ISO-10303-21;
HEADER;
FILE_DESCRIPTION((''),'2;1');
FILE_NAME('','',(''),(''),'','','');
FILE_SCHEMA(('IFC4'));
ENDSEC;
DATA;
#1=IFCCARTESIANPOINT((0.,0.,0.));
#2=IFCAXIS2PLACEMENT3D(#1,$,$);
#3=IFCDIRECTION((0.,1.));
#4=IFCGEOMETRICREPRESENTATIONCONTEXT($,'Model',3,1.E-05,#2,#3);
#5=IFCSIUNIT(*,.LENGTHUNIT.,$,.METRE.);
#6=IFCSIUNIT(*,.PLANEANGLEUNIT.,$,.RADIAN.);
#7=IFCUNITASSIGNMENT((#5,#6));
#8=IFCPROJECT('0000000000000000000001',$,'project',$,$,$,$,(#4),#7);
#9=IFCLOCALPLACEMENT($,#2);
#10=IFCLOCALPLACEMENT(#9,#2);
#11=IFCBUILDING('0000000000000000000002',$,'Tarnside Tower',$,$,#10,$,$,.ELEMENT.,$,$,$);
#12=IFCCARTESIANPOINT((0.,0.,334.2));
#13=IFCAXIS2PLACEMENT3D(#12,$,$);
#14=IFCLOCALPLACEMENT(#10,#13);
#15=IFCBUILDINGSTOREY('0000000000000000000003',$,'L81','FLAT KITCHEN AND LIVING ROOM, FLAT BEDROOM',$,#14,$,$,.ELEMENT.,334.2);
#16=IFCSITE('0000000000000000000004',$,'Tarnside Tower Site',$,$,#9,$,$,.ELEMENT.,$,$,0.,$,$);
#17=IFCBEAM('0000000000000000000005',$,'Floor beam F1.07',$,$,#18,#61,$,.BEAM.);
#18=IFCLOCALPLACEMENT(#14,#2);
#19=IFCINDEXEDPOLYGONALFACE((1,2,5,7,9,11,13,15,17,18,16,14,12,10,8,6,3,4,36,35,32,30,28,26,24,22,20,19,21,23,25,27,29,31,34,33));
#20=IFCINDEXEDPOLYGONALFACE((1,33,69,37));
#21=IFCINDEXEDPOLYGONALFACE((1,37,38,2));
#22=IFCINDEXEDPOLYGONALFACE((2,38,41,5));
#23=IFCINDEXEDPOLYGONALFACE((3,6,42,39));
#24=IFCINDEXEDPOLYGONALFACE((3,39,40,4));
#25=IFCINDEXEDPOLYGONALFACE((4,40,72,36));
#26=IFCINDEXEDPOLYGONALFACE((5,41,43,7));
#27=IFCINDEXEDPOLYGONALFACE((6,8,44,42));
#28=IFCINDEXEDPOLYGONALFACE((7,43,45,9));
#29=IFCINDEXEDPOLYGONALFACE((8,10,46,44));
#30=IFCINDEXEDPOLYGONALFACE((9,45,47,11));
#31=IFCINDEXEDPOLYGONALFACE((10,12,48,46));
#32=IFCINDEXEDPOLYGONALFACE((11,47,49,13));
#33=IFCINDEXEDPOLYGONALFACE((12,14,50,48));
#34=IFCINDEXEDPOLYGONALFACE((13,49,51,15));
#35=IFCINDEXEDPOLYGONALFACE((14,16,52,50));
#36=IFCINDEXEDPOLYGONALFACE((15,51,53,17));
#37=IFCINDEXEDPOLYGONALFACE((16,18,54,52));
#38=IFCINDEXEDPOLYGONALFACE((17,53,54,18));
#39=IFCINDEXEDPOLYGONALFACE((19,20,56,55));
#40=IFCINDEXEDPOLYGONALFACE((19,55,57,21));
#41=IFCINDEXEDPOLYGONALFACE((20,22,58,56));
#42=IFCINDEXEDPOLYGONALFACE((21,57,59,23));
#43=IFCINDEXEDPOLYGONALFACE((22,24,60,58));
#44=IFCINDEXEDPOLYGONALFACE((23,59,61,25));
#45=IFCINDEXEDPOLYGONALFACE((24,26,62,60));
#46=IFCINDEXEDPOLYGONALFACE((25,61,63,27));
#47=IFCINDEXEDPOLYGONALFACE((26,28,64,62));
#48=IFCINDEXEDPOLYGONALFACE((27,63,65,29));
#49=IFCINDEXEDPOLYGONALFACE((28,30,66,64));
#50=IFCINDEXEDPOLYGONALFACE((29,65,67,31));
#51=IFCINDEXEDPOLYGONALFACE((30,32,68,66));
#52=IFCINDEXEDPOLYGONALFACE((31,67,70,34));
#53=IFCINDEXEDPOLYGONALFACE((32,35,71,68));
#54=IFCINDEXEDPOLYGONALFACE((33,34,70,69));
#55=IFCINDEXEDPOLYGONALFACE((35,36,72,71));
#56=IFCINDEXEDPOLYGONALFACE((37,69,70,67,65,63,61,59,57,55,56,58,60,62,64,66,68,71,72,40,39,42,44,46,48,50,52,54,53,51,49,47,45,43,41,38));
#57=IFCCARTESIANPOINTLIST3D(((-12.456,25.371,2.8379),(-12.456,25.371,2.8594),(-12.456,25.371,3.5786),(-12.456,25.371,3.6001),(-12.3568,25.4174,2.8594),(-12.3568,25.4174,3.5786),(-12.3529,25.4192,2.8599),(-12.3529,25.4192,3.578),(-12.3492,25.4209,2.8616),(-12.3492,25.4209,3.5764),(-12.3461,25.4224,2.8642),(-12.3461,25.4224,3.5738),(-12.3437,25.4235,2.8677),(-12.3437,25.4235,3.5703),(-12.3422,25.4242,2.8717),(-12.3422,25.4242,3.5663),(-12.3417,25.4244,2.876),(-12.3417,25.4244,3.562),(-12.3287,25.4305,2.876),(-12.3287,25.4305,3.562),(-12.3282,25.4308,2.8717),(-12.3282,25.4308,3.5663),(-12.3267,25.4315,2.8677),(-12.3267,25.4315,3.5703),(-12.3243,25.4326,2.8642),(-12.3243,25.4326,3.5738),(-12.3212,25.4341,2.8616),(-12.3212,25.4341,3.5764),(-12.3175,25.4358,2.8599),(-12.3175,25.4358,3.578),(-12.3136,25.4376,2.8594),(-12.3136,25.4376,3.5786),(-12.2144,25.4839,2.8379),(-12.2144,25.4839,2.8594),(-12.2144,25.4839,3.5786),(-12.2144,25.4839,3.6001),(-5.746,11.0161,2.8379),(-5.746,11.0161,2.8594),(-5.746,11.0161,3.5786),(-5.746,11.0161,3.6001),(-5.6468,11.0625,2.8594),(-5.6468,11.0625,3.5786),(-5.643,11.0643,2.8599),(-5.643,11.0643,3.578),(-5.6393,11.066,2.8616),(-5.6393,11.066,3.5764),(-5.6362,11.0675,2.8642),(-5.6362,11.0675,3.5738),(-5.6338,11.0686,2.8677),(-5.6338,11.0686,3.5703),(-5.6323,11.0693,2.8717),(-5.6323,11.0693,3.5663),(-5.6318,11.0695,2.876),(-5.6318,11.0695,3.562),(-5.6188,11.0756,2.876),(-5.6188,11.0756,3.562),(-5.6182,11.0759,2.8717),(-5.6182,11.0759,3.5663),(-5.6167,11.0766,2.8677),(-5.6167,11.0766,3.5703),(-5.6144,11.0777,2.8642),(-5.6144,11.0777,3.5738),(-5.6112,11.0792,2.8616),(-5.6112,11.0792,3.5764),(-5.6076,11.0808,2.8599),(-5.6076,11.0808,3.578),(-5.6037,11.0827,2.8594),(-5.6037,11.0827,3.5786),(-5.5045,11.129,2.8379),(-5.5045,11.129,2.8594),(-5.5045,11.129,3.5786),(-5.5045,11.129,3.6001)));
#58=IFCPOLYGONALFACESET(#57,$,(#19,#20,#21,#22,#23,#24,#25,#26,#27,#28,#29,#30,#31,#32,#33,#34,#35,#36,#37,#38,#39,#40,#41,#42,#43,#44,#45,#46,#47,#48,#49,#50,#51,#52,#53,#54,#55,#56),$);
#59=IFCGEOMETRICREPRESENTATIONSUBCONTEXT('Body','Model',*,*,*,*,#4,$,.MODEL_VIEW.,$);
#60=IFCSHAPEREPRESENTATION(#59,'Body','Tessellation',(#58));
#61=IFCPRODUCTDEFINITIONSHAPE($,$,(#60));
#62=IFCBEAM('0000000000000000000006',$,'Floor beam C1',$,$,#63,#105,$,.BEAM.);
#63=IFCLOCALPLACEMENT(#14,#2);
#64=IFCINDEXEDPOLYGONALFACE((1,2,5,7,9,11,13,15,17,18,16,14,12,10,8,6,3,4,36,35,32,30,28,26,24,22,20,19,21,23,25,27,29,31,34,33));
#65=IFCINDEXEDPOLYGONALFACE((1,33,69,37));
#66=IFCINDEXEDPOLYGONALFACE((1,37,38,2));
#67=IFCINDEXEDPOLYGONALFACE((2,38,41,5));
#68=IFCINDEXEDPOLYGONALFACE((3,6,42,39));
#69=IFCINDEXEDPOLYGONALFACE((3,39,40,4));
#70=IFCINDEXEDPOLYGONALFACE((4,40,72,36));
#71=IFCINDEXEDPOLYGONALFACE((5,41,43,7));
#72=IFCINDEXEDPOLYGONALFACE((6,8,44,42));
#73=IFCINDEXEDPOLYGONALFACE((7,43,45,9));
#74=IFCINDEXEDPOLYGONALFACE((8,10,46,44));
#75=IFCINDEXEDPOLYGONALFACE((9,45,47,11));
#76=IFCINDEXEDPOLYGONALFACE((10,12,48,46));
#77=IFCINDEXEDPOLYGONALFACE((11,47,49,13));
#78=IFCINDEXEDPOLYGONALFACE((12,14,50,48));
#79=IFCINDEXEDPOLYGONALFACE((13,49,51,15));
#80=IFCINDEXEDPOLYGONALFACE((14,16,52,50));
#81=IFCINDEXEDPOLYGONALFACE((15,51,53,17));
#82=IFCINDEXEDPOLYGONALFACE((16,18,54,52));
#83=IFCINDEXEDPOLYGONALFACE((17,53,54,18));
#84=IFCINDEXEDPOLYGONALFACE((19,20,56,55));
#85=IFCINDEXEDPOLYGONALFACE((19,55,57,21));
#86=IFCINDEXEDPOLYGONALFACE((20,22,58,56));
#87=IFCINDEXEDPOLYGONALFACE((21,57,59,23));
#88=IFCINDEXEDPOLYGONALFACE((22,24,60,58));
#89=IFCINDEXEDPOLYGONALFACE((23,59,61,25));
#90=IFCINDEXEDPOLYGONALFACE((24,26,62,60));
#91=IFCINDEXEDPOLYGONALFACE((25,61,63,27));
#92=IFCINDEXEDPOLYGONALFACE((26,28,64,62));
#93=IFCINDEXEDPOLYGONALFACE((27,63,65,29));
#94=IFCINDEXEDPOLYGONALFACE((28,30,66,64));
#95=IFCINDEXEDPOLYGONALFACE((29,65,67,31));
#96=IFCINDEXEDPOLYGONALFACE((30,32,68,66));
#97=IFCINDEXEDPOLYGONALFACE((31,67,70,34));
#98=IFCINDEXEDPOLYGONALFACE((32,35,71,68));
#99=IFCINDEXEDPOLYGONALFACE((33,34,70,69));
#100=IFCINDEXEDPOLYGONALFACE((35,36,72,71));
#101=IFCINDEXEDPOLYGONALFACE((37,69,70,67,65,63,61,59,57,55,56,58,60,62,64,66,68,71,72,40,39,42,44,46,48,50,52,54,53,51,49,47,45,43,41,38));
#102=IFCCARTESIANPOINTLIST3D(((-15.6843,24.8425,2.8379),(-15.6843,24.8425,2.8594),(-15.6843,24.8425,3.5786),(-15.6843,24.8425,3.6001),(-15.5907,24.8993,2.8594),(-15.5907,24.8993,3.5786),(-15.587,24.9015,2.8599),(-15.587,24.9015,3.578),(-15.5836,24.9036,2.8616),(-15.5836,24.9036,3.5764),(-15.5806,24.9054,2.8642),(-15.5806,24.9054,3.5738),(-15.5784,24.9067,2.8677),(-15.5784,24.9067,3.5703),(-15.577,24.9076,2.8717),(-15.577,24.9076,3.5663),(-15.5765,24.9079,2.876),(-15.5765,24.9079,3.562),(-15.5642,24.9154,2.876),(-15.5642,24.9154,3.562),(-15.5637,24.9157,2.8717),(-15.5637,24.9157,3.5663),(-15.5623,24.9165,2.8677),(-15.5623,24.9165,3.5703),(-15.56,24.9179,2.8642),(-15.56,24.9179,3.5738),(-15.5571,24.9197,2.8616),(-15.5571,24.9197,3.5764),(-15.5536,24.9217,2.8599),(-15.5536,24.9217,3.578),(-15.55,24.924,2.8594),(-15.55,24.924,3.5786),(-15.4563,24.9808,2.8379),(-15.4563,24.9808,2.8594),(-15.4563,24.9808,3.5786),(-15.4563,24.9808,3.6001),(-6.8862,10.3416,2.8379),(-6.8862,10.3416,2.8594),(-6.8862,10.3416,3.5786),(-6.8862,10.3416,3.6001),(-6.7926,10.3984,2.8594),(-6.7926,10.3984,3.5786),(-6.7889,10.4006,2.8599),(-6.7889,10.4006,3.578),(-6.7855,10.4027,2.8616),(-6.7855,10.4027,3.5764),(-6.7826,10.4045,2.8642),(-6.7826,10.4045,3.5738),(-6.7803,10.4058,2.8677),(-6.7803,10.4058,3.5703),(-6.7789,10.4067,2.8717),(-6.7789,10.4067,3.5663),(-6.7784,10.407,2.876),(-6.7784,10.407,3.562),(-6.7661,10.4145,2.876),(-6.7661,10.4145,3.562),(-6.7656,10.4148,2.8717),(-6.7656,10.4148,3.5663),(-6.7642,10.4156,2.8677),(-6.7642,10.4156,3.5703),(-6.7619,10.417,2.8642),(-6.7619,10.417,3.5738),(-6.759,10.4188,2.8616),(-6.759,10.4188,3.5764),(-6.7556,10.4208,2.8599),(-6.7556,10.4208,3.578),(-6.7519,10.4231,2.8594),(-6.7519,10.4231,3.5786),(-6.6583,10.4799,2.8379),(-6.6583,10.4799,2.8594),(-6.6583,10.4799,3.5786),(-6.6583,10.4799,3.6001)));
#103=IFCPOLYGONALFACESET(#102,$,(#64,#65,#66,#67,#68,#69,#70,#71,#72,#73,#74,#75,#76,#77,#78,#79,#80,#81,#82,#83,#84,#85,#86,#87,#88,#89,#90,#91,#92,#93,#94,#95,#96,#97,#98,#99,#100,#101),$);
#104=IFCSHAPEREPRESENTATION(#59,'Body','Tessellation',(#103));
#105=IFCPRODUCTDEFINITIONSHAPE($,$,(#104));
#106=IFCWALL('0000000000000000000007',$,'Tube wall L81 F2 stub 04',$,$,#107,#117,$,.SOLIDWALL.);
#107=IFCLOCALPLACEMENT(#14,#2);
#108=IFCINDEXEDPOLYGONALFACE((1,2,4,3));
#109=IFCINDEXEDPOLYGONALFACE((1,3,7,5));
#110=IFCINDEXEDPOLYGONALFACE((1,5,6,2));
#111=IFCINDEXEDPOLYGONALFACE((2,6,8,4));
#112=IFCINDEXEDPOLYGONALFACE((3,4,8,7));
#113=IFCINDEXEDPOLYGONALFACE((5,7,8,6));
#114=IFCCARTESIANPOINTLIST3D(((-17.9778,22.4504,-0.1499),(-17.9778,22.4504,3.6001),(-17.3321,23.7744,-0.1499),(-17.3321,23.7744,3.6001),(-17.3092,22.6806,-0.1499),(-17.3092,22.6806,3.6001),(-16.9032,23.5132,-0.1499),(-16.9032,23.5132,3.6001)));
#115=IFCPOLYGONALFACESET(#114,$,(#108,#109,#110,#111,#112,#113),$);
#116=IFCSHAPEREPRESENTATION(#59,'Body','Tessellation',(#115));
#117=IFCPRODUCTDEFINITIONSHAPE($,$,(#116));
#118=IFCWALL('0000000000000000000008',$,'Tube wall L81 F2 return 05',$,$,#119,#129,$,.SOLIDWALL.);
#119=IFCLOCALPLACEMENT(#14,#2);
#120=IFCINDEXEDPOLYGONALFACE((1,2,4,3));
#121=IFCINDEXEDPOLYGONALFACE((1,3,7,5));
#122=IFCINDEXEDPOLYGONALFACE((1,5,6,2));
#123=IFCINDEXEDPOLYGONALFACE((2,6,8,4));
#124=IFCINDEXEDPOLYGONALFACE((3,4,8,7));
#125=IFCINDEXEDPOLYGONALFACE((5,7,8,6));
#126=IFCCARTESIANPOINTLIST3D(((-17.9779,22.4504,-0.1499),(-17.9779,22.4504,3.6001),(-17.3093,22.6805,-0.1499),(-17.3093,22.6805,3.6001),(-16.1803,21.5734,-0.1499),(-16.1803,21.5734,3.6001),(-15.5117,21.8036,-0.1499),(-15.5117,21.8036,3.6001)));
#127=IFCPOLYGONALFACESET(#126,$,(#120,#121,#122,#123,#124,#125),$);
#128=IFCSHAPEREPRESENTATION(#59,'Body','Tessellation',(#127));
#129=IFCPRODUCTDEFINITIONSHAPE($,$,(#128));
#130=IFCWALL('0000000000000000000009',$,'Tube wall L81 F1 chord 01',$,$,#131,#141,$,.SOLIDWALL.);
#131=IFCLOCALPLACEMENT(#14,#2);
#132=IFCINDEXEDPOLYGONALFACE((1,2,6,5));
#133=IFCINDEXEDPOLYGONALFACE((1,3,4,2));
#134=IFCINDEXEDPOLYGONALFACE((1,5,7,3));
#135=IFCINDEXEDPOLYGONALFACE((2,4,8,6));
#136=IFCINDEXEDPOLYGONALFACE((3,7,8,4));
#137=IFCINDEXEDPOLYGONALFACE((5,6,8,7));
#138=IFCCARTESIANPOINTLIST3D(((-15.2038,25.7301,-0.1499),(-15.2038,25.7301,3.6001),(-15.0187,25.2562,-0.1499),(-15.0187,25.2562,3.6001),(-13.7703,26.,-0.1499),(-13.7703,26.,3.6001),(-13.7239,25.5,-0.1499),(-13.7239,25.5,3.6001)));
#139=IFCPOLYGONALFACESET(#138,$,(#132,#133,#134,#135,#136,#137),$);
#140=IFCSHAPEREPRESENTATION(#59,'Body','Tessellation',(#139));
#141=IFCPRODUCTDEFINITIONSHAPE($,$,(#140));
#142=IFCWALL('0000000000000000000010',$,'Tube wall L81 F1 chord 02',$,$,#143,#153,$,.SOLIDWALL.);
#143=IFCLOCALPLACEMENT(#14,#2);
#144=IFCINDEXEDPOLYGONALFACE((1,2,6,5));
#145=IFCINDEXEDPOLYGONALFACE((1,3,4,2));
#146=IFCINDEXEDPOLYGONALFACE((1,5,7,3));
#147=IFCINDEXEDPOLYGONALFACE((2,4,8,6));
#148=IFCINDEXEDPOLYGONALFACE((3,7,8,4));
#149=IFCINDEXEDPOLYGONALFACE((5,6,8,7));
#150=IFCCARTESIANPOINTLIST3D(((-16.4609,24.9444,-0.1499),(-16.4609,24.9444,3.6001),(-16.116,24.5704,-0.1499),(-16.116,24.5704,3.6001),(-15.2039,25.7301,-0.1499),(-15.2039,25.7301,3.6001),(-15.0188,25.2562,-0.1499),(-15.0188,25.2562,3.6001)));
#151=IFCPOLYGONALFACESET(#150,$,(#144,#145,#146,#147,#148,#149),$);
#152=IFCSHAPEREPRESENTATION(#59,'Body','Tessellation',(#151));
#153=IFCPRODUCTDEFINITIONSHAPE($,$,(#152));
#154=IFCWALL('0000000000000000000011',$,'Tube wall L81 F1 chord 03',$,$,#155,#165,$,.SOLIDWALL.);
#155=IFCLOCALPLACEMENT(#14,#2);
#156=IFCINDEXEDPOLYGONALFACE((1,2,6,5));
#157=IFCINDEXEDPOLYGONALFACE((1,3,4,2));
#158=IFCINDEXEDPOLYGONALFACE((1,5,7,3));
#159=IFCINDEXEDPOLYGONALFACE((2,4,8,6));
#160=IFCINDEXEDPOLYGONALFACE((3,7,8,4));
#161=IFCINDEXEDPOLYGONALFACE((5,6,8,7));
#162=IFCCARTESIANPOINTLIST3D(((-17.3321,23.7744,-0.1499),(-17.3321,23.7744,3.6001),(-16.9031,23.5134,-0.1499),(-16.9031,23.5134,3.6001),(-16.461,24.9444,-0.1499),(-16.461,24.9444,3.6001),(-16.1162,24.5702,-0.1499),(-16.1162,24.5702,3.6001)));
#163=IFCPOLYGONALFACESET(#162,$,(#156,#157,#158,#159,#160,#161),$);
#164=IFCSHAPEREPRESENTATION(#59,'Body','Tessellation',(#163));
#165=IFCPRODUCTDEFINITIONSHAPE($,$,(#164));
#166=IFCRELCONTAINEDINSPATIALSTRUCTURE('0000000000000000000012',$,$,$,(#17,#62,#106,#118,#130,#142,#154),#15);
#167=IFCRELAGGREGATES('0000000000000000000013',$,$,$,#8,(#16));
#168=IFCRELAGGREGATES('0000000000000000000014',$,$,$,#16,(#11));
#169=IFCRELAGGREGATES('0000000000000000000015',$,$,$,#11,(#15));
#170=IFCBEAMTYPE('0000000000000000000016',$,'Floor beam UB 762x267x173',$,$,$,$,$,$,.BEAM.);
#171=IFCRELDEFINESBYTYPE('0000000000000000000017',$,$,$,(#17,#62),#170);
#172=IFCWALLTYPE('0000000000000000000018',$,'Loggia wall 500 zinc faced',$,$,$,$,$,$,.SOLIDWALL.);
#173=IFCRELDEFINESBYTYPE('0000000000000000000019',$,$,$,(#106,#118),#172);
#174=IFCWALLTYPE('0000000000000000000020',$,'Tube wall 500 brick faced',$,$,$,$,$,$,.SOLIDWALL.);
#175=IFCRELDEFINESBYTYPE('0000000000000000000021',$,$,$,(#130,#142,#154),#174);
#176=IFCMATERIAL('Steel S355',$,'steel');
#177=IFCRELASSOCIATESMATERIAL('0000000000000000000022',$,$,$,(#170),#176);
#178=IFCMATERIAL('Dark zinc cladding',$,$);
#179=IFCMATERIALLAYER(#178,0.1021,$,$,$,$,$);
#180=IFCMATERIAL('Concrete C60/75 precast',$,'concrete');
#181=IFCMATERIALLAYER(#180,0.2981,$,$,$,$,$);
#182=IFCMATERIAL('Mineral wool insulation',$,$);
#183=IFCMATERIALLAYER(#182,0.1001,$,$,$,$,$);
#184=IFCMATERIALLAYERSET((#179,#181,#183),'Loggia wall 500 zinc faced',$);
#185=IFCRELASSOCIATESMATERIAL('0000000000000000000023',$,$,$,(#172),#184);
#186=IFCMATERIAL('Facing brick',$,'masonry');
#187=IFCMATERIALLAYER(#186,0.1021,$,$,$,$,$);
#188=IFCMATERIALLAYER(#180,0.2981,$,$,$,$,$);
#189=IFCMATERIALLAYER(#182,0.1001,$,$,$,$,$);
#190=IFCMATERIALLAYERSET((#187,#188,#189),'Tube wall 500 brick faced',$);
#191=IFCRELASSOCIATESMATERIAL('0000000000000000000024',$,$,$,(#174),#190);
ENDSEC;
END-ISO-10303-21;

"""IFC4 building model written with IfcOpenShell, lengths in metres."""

from ifc_helpers import new_model, si_unit, direction, frame, origin, origin_2d, place, context, subcontext, project, spatial, polyline, i_section, outline, extrude, material, layer, layer_set, material_profile, profile_set, type_object, element, save


model = new_model("IFC4")

# Units and contexts
model_context = context("Model", 3, precision=1e-05, world=origin(), true_north=direction((0.0, 1.0)))
body_context = subcontext(model_context, "Body", "Model", "MODEL_VIEW")
ifc_project = project(units=[si_unit("LENGTHUNIT", "METRE"), si_unit("PLANEANGLEUNIT", "RADIAN")], contexts=[model_context])

# Site, building, storey
site_placement = place(None, origin())
site = spatial("IfcSite", under=ifc_project, at=site_placement, Name="Tarnside Tower Site", CompositionType="ELEMENT", RefElevation=0.0)
building_placement = place(site_placement, origin())
building = spatial("IfcBuilding", under=site, at=building_placement, Name="Tarnside Tower", CompositionType="ELEMENT")
storey_placement = place(building_placement, frame((0.0, 0.0, 334.2)))
storey = spatial("IfcBuildingStorey", under=building, at=storey_placement, Name="L81", Description="FLAT KITCHEN AND LIVING ROOM, FLAT BEDROOM", CompositionType="ELEMENT", Elevation=334.2)

# Beams
ifc_material_1 = material(Name="Steel S355", Category="steel")
ifc_material_profile = material_profile(ifc_material_1, i_section(OverallWidth=0.2666, OverallDepth=0.7622, WebThickness=0.0144, FlangeThickness=0.0215, FilletRadius=0.0166, at=origin_2d()), Name="UB 762x267x173")
ifc_profile_set = profile_set([ifc_material_profile], Name="Steel S355")
beam_type = type_object("IfcBeamType", Name="Floor beam UB 762x267x173", PredefinedType="BEAM", material=ifc_profile_set)
beam_1_placement = place(storey_placement, frame((-12.3352, 25.4275, 3.219), z_axis=(0.423454, -0.905918, 0.0), x_axis=(0.905918, 0.423454, 0.0)))
element("IfcBeam", 1, at=beam_1_placement, inside=storey, type_object=beam_type, Name="Floor beam F1.07", PredefinedType="BEAM", context=body_context, shape_type="SweptSolid", body=[
    extrude(i_section(OverallWidth=0.2666, OverallDepth=0.7622, WebThickness=0.0144, FlangeThickness=0.0215, FilletRadius=0.0166, at=origin_2d()), origin(), (0.0, 0.0, 1.0), 15.8457),
])
beam_2_placement = place(storey_placement, frame((-15.5703, 24.9116, 3.219), z_axis=(0.518717, -0.854946, 0.0), x_axis=(0.854946, 0.518717, 0.0)))
element("IfcBeam", 2, at=beam_2_placement, inside=storey, type_object=beam_type, Name="Floor beam C1", PredefinedType="BEAM", context=body_context, shape_type="SweptSolid", body=[
    extrude(i_section(OverallWidth=0.2666, OverallDepth=0.7622, WebThickness=0.0144, FlangeThickness=0.0215, FilletRadius=0.0166, at=origin_2d()), origin(), (0.0, 0.0, 1.0), 16.9612),
])

# Walls
ifc_material_2 = material(Name="Dark zinc cladding")
ifc_layer_1 = layer(ifc_material_2, 0.1021)
ifc_material_3 = material(Name="Concrete C60/75 precast", Category="concrete")
ifc_layer_2 = layer(ifc_material_3, 0.2981)
ifc_material_4 = material(Name="Mineral wool insulation")
ifc_layer_3 = layer(ifc_material_4, 0.1001)
ifc_layer_set_1 = layer_set([ifc_layer_1, ifc_layer_2, ifc_layer_3], Name="Loggia wall 500 zinc faced")
wall_type_1 = type_object("IfcWallType", Name="Loggia wall 500 zinc faced", PredefinedType="SOLIDWALL", material=ifc_layer_set_1)
wall_1_placement = place(storey_placement, frame((-17.1177, 23.6438, -0.1499), z_axis=(0.0, 0.0, 1.0), x_axis=(-0.438319, -0.898819, 0.0)))
element("IfcWall", 3, at=wall_1_placement, inside=storey, type_object=wall_type_1, Name="Tube wall L81 F2 stub 04", PredefinedType="SOLIDWALL", context=body_context, shape_type="SweptSolid", body=[
    extrude(outline(polyline([(-0.0234, -0.25), (1.4497, -0.25), (0.9497, 0.25), (0.0234, 0.25), (-0.0234, -0.25)])), origin(), (0.0, 0.0, 1.0), 3.75),
])
wall_2_placement = place(storey_placement, frame((-17.6436, 22.5654, -0.1499), z_axis=(0.0, 0.0, 1.0), x_axis=(0.898754, -0.438452, 0.0)))
element("IfcWall", 4, at=wall_2_placement, inside=storey, type_object=wall_type_1, Name="Tube wall L81 F2 return 05", PredefinedType="SOLIDWALL", context=body_context, shape_type="SweptSolid", body=[
    extrude(outline(polyline([(-0.25, -0.25), (1.75, -0.25), (2.25, 0.25), (0.25, 0.25), (-0.25, -0.25)])), origin(), (0.0, 0.0, 1.0), 3.75),
])

# Walls
ifc_material_5 = material(Name="Facing brick", Category="masonry")
ifc_layer_4 = layer(ifc_material_5, 0.1021)
ifc_layer_5 = layer(ifc_material_3, 0.2981)
ifc_layer_6 = layer(ifc_material_4, 0.1001)
ifc_layer_set_2 = layer_set([ifc_layer_4, ifc_layer_5, ifc_layer_6], Name="Tube wall 500 brick faced")
wall_type_2 = type_object("IfcWallType", Name="Tube wall 500 brick faced", PredefinedType="SOLIDWALL", material=ifc_layer_set_2)
wall_3_placement = place(storey_placement, frame((-13.7471, 25.75, -0.1499), z_axis=(0.0, 0.0, 1.0), x_axis=(-0.982737, -0.185011, 0.0)))
element("IfcWall", 5, at=wall_3_placement, inside=storey, type_object=wall_type_2, Name="Tube wall L81 F1 chord 01", PredefinedType="SOLIDWALL", context=body_context, shape_type="SweptSolid", body=[
    extrude(outline(polyline([(-0.0234, -0.25), (1.4353, -0.25), (1.3411, 0.25), (0.0234, 0.25), (-0.0234, -0.25)])), origin(), (0.0, 0.0, 1.0), 3.75),
])
wall_4_placement = place(storey_placement, frame((-15.1113, 25.4932, -0.1499), z_axis=(0.0, 0.0, 1.0), x_axis=(-0.847979, -0.530031, 0.0)))
element("IfcWall", 6, at=wall_4_placement, inside=storey, type_object=wall_type_2, Name="Tube wall L81 F1 chord 02", PredefinedType="SOLIDWALL", context=body_context, shape_type="SweptSolid", body=[
    extrude(outline(polyline([(-0.0471, -0.25), (1.4353, -0.25), (1.3411, 0.25), (0.0471, 0.25), (-0.0471, -0.25)])), origin(), (0.0, 0.0, 1.0), 3.75),
])
wall_5_placement = place(storey_placement, frame((-16.2886, 24.7573, -0.1499), z_axis=(0.0, 0.0, 1.0), x_axis=(-0.597211, -0.802084, 0.0)))
element("IfcWall", 7, at=wall_5_placement, inside=storey, type_object=wall_type_2, Name="Tube wall L81 F1 chord 03", PredefinedType="SOLIDWALL", context=body_context, shape_type="SweptSolid", body=[
    extrude(outline(polyline([(-0.0471, -0.25), (1.4116, -0.25), (1.3647, 0.25), (0.0471, 0.25), (-0.0471, -0.25)])), origin(), (0.0, 0.0, 1.0), 3.75),
])

save(model, "model.ifc")
